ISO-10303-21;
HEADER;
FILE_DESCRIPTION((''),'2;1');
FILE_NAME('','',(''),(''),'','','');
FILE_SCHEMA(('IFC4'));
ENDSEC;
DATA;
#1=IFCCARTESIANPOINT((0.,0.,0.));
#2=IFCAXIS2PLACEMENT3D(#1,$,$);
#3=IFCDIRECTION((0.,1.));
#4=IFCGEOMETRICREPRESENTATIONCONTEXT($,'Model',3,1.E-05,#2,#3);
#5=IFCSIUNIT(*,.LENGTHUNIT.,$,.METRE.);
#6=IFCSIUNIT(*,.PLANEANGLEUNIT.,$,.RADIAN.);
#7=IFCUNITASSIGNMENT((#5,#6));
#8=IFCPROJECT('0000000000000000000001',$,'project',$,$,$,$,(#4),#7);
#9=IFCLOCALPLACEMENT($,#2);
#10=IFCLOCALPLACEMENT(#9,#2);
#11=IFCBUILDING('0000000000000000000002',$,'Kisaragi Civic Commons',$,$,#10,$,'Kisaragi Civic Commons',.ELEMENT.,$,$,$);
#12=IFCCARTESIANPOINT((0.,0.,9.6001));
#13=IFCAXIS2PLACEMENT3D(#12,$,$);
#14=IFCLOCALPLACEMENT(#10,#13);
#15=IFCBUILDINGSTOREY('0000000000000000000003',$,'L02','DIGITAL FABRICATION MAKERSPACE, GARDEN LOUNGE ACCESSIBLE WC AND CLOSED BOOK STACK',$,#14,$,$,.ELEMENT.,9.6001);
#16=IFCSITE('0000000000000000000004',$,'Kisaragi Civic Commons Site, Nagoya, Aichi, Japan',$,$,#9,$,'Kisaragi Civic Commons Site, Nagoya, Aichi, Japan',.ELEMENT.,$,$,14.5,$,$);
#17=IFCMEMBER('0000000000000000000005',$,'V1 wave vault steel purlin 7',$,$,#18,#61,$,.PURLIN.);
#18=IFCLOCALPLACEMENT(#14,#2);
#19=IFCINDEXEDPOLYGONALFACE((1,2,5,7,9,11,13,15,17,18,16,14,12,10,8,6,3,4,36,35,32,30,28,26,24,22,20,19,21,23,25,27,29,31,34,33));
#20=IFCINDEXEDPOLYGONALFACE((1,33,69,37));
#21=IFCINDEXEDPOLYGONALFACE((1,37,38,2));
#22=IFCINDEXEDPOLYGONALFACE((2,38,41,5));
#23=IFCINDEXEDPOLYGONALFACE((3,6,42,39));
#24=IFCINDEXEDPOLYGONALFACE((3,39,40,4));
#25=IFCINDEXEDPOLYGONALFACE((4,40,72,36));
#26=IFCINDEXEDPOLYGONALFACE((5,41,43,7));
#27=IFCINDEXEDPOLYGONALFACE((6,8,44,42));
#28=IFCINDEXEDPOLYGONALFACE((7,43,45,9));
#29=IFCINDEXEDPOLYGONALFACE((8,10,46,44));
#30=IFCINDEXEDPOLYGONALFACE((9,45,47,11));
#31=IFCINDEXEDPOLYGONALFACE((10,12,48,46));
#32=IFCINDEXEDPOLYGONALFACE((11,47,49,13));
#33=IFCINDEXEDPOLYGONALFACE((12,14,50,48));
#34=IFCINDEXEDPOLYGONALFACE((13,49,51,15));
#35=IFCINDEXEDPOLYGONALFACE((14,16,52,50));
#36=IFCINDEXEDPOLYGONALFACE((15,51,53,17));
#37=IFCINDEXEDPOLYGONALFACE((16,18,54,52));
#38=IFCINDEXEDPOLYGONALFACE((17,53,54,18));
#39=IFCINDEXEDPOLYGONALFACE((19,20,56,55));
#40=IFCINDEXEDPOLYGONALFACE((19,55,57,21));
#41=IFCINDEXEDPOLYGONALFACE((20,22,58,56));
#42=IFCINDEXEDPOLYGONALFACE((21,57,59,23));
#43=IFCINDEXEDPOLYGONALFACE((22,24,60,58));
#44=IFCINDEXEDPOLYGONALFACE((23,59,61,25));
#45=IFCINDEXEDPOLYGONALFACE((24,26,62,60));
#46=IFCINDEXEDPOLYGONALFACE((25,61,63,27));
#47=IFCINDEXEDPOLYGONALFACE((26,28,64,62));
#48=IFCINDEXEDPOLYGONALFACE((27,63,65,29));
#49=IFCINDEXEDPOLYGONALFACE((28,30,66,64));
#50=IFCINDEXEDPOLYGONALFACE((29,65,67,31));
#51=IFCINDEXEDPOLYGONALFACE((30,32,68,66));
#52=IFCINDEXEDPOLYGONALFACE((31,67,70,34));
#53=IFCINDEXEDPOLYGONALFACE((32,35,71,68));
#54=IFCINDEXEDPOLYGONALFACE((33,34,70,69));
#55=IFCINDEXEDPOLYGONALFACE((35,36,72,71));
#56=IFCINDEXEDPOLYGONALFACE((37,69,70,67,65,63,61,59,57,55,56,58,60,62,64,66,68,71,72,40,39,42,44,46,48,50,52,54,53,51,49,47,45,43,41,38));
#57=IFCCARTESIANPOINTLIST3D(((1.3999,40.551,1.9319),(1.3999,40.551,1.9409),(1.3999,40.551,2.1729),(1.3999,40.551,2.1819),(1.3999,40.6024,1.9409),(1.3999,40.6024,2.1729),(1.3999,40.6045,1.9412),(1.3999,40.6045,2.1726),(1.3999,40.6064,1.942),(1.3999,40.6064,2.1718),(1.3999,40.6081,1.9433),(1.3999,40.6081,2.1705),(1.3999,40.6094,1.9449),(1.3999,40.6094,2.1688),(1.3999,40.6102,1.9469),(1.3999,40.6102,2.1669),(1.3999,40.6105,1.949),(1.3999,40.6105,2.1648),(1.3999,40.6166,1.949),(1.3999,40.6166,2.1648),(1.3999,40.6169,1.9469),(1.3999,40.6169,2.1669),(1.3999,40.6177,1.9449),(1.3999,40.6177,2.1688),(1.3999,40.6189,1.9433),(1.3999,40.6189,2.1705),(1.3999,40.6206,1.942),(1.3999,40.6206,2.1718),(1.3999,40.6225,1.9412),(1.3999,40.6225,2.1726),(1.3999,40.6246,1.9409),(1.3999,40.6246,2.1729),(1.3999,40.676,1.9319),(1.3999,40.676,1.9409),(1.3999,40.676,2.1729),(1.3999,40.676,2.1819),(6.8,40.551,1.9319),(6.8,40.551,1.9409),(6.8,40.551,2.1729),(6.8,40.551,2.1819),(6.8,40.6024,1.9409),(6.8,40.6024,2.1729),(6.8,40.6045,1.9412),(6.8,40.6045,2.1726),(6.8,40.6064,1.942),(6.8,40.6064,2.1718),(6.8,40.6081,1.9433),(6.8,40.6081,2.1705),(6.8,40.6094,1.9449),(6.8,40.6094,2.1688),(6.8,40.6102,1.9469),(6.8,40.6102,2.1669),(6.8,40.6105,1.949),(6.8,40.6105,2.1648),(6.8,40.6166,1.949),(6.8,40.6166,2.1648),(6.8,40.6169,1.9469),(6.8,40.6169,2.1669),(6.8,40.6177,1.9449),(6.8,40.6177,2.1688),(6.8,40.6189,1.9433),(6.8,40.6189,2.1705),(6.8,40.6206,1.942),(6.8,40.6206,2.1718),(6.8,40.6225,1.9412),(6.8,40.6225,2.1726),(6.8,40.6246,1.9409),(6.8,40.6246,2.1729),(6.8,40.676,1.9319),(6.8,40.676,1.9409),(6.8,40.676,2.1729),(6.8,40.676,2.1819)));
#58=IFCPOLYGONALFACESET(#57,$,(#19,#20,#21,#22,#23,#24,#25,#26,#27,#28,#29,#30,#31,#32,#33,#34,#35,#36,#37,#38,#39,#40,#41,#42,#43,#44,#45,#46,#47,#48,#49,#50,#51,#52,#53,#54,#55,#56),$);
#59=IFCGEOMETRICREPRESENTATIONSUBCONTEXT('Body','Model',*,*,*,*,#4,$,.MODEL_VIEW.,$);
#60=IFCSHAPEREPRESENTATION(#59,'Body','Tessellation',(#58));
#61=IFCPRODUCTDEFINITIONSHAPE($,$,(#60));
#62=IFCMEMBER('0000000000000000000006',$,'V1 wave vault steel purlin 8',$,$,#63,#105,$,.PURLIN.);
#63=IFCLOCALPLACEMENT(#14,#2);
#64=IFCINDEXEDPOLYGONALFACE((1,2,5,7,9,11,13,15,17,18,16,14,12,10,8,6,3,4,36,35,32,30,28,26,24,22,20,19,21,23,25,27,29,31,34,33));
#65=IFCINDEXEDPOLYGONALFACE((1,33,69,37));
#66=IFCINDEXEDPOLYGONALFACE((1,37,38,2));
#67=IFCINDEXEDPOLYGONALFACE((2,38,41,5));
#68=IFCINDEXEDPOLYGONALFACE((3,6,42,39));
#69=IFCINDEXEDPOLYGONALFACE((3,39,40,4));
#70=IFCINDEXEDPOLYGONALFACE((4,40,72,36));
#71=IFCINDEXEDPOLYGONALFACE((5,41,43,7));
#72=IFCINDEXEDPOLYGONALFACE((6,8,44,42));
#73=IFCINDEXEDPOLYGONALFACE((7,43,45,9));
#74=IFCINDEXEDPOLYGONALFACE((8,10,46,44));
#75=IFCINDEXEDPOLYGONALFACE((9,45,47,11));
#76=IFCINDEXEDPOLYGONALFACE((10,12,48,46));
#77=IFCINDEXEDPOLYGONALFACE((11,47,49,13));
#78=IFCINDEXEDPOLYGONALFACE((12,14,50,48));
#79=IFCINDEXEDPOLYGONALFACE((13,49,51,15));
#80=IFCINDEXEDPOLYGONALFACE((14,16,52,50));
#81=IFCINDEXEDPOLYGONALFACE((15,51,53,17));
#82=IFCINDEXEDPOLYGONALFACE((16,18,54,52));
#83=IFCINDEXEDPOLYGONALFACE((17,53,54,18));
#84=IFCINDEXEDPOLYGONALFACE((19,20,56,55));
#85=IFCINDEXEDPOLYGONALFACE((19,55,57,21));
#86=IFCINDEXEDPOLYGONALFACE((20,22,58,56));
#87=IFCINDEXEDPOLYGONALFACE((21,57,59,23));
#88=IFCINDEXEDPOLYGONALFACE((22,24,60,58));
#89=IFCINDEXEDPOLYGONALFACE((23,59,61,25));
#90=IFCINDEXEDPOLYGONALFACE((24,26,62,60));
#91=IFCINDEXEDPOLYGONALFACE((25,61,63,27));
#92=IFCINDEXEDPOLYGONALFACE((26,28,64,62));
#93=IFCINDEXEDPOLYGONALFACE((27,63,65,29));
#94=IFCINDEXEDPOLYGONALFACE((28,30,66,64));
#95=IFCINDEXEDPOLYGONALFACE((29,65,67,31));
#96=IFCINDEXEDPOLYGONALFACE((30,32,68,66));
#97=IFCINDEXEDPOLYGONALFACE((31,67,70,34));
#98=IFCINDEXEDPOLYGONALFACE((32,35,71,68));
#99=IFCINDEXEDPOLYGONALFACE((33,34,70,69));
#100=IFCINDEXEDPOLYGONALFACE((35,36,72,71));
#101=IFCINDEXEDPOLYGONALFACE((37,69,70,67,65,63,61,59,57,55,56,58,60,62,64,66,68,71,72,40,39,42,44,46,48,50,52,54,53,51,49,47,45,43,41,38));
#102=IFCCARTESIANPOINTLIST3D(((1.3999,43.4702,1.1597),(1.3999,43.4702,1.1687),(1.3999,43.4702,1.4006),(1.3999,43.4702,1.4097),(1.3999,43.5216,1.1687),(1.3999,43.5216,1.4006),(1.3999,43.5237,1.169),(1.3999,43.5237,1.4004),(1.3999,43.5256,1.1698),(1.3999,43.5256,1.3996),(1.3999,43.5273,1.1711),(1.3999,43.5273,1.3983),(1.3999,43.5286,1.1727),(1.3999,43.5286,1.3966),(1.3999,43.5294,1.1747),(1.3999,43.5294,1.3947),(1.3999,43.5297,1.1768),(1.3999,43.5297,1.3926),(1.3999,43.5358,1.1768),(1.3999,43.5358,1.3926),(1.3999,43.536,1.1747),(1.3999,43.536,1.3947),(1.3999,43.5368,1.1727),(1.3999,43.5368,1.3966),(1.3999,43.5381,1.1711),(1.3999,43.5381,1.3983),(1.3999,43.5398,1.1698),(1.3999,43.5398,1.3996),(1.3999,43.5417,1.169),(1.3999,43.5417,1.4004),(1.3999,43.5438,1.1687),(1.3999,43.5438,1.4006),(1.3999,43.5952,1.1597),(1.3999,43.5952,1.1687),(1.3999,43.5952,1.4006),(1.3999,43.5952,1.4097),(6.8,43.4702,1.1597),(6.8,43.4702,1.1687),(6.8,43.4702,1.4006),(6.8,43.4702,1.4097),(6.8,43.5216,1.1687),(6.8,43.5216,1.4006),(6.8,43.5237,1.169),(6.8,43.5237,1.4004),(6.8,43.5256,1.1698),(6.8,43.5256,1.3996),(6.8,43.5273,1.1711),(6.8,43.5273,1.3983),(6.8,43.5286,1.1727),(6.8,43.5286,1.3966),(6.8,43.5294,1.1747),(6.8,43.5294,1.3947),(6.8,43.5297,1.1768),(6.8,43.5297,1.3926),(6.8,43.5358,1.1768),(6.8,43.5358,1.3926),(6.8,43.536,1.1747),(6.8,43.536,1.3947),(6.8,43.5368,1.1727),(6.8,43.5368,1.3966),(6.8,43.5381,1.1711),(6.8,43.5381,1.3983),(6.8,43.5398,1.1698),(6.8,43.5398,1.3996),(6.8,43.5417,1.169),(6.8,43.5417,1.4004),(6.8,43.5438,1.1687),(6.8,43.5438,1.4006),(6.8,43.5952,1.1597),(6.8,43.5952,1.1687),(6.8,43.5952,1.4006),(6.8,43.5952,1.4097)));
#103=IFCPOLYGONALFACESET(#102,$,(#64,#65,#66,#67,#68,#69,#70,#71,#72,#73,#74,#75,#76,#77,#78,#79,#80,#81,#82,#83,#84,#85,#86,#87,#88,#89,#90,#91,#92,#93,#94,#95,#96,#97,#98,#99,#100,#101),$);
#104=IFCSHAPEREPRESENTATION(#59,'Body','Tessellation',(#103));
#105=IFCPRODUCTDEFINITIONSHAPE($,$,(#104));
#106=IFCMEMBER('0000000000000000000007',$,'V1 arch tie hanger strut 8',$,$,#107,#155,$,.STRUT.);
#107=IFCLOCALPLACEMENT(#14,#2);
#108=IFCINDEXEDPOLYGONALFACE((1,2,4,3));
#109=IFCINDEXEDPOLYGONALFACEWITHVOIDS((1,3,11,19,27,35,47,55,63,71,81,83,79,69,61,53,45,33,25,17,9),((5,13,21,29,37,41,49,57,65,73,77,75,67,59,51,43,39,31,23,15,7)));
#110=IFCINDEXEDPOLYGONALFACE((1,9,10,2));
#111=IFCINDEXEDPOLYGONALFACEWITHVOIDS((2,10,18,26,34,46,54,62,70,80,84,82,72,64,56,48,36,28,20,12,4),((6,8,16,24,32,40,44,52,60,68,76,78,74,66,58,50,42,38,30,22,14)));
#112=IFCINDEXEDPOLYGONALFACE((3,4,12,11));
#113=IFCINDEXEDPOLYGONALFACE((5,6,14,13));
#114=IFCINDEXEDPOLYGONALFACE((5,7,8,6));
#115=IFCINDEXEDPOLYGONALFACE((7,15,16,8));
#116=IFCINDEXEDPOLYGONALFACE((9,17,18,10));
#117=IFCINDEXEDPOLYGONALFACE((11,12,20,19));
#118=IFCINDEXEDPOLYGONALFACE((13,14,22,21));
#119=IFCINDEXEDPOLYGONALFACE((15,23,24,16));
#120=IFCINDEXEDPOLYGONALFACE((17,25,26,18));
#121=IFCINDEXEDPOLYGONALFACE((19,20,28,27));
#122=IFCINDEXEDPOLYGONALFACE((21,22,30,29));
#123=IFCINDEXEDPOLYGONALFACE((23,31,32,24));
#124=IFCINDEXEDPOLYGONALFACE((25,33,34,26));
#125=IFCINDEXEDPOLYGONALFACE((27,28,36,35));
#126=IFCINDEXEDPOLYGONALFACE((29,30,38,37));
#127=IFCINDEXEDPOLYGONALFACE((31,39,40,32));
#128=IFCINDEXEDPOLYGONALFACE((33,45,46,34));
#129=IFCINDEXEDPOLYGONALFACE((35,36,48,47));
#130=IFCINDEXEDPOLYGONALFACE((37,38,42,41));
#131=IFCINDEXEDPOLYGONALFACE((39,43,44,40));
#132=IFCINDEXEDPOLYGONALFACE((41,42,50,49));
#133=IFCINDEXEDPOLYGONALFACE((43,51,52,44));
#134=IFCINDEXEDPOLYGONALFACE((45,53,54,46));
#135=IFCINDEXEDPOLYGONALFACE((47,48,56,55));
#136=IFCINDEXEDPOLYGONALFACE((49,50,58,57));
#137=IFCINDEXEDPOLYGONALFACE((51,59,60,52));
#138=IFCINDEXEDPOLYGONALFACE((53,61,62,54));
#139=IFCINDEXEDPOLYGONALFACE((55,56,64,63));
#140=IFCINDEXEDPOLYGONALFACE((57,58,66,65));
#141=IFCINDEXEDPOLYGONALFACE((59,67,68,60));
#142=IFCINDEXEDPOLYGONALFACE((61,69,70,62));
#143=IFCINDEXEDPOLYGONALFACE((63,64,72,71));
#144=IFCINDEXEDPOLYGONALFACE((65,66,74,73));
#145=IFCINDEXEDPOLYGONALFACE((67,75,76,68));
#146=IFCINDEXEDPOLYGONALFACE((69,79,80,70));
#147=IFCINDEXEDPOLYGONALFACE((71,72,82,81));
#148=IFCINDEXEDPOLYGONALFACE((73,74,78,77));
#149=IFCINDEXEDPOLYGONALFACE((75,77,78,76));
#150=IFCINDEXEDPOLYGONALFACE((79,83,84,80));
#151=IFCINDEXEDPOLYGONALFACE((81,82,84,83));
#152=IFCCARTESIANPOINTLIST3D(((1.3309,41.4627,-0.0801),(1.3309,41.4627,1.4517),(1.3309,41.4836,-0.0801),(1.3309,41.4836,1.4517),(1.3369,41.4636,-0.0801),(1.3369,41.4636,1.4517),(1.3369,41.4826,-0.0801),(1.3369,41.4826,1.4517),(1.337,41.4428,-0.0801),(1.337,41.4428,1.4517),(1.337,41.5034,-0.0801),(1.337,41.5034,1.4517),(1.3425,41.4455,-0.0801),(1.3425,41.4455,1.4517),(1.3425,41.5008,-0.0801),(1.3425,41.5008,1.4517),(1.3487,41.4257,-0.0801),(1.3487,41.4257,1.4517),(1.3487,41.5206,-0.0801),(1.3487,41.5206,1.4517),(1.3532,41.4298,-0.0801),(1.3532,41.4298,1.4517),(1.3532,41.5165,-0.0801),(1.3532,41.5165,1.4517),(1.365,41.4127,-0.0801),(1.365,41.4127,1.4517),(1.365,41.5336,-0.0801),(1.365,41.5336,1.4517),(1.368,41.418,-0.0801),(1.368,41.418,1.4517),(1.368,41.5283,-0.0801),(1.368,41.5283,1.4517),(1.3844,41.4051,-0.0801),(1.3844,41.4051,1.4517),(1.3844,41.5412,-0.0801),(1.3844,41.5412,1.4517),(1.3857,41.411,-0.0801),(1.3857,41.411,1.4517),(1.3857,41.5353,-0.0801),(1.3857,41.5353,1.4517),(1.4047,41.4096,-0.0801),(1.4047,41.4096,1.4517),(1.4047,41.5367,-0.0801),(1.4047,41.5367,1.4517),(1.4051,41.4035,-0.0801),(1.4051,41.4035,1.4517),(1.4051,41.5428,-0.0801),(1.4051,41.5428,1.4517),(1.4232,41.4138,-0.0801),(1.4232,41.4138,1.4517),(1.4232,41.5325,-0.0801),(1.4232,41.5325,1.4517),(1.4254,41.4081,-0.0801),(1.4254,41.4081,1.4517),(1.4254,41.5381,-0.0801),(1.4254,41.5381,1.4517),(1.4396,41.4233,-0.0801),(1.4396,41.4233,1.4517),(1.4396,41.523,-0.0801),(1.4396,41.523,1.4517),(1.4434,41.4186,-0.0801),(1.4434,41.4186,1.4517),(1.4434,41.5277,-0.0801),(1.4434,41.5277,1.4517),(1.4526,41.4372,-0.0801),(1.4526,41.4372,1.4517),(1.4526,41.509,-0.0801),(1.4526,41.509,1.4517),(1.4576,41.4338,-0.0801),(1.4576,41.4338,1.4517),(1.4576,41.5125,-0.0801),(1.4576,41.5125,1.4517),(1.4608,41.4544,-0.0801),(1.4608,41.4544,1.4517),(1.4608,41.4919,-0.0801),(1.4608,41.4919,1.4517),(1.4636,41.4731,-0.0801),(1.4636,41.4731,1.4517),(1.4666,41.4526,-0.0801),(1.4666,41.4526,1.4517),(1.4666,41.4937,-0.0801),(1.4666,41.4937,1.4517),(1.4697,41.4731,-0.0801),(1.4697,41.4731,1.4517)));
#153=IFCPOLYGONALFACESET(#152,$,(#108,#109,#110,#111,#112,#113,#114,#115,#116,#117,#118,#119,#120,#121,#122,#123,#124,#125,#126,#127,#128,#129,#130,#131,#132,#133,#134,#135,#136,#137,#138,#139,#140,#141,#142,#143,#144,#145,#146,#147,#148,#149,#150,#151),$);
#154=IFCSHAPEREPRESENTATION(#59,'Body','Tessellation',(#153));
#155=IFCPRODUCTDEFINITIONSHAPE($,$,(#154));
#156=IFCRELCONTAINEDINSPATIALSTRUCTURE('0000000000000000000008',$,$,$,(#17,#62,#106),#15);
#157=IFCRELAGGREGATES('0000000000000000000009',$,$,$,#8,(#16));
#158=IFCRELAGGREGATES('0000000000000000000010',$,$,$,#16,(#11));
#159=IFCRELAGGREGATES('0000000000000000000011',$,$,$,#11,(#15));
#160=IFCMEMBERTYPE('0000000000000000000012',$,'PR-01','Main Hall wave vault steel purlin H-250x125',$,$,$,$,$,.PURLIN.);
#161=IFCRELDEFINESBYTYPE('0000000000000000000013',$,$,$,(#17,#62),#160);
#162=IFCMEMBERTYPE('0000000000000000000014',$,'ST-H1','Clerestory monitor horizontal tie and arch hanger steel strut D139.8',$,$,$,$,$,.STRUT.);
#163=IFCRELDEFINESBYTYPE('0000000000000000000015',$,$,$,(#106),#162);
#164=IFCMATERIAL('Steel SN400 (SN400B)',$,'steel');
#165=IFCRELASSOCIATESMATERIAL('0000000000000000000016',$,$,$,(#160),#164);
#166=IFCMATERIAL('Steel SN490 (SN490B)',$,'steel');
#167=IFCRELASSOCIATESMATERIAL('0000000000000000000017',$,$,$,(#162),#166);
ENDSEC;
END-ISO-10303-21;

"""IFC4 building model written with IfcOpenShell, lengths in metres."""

from ifc_helpers import new_model, si_unit, direction, frame, origin, origin_2d, place, context, subcontext, project, spatial, hollow_circle, i_section, extrude, material, material_profile, profile_set, type_object, element, save


model = new_model("IFC4")

# Units and contexts
model_context = context("Model", 3, precision=1e-05, world=origin(), true_north=direction((0.0, 1.0)))
body_context = subcontext(model_context, "Body", "Model", "MODEL_VIEW")
ifc_project = project(units=[si_unit("LENGTHUNIT", "METRE"), si_unit("PLANEANGLEUNIT", "RADIAN")], contexts=[model_context])

# Site, building, storey
site_placement = place(None, origin())
site = spatial("IfcSite", under=ifc_project, at=site_placement, Name="Kisaragi Civic Commons Site, Nagoya, Aichi, Japan", LongName="Kisaragi Civic Commons Site, Nagoya, Aichi, Japan", CompositionType="ELEMENT", RefElevation=14.5)
building_placement = place(site_placement, origin())
building = spatial("IfcBuilding", under=site, at=building_placement, Name="Kisaragi Civic Commons", LongName="Kisaragi Civic Commons", CompositionType="ELEMENT")
storey_placement = place(building_placement, frame((0.0, 0.0, 9.6001)))
storey = spatial("IfcBuildingStorey", under=building, at=storey_placement, Name="L02", Description="DIGITAL FABRICATION MAKERSPACE, GARDEN LOUNGE ACCESSIBLE WC AND CLOSED BOOK STACK", CompositionType="ELEMENT", Elevation=9.6001)

# Members
ifc_material_1 = material(Name="Steel SN490 (SN490B)", Category="steel")
ifc_material_2 = material(Name="Steel SN400 (SN400B)", Category="steel")
ifc_material_profile_1 = material_profile(ifc_material_2, i_section(OverallWidth=0.125, OverallDepth=0.25, WebThickness=0.0061, FlangeThickness=0.009, FilletRadius=0.0081, at=origin_2d()), Name="H-250x125x6x9", Category="steel")
ifc_profile_set_1 = profile_set([ifc_material_profile_1], Name="Steel SN400 (SN400B)")
member_type_1 = type_object("IfcMemberType", Name="PR-01", Description="Main Hall wave vault steel purlin H-250x125", PredefinedType="PURLIN", material=ifc_profile_set_1)
for number, where, z_axis, x_axis, name in (
    (1, (1.3999, 40.6135, 2.0569), (1.0, 0.0, 0.0), (0.0, 1.0, 0.0), "V1 wave vault steel purlin 7"),
    (2, (1.3999, 43.5327, 1.2847), (1.0, 0.0, 0.0), (0.0, 1.0, 0.0), "V1 wave vault steel purlin 8"),
):
    element("IfcMember", number, at=place(storey_placement, frame(where, z_axis=z_axis, x_axis=x_axis)), inside=storey, type_object=member_type_1, Name=name, PredefinedType="PURLIN", context=body_context, shape_type="SweptSolid", body=[
        extrude(i_section(OverallWidth=0.125, OverallDepth=0.25, WebThickness=0.0061, FlangeThickness=0.009, FilletRadius=0.0081, at=origin_2d()), origin(), (0.0, 0.0, 1.0), 5.4001),
    ])
ifc_material_profile_2 = material_profile(ifc_material_1, hollow_circle(Radius=0.0698, WallThickness=0.0061, at=origin_2d()), Name="CHS-139.8x6.0", Category="steel")
ifc_profile_set_2 = profile_set([ifc_material_profile_2], Name="Steel SN490 (SN490B)")
member_type_2 = type_object("IfcMemberType", Name="ST-H1", Description="Clerestory monitor horizontal tie and arch hanger steel strut D139.8", PredefinedType="STRUT", material=ifc_profile_set_2)
member_1_placement = place(storey_placement, frame((1.3999, 41.4731, -0.0801), z_axis=(0.0, 0.0, 1.0), x_axis=(1.0, 0.0, 0.0)))
element("IfcMember", 3, at=member_1_placement, inside=storey, type_object=member_type_2, Name="V1 arch tie hanger strut 8", PredefinedType="STRUT", context=body_context, shape_type="SweptSolid", body=[
    extrude(hollow_circle(Radius=0.0698, WallThickness=0.0061, at=origin_2d()), origin(), (0.0, 0.0, 1.0), 1.5317),
])

save(model, "model.ifc")
